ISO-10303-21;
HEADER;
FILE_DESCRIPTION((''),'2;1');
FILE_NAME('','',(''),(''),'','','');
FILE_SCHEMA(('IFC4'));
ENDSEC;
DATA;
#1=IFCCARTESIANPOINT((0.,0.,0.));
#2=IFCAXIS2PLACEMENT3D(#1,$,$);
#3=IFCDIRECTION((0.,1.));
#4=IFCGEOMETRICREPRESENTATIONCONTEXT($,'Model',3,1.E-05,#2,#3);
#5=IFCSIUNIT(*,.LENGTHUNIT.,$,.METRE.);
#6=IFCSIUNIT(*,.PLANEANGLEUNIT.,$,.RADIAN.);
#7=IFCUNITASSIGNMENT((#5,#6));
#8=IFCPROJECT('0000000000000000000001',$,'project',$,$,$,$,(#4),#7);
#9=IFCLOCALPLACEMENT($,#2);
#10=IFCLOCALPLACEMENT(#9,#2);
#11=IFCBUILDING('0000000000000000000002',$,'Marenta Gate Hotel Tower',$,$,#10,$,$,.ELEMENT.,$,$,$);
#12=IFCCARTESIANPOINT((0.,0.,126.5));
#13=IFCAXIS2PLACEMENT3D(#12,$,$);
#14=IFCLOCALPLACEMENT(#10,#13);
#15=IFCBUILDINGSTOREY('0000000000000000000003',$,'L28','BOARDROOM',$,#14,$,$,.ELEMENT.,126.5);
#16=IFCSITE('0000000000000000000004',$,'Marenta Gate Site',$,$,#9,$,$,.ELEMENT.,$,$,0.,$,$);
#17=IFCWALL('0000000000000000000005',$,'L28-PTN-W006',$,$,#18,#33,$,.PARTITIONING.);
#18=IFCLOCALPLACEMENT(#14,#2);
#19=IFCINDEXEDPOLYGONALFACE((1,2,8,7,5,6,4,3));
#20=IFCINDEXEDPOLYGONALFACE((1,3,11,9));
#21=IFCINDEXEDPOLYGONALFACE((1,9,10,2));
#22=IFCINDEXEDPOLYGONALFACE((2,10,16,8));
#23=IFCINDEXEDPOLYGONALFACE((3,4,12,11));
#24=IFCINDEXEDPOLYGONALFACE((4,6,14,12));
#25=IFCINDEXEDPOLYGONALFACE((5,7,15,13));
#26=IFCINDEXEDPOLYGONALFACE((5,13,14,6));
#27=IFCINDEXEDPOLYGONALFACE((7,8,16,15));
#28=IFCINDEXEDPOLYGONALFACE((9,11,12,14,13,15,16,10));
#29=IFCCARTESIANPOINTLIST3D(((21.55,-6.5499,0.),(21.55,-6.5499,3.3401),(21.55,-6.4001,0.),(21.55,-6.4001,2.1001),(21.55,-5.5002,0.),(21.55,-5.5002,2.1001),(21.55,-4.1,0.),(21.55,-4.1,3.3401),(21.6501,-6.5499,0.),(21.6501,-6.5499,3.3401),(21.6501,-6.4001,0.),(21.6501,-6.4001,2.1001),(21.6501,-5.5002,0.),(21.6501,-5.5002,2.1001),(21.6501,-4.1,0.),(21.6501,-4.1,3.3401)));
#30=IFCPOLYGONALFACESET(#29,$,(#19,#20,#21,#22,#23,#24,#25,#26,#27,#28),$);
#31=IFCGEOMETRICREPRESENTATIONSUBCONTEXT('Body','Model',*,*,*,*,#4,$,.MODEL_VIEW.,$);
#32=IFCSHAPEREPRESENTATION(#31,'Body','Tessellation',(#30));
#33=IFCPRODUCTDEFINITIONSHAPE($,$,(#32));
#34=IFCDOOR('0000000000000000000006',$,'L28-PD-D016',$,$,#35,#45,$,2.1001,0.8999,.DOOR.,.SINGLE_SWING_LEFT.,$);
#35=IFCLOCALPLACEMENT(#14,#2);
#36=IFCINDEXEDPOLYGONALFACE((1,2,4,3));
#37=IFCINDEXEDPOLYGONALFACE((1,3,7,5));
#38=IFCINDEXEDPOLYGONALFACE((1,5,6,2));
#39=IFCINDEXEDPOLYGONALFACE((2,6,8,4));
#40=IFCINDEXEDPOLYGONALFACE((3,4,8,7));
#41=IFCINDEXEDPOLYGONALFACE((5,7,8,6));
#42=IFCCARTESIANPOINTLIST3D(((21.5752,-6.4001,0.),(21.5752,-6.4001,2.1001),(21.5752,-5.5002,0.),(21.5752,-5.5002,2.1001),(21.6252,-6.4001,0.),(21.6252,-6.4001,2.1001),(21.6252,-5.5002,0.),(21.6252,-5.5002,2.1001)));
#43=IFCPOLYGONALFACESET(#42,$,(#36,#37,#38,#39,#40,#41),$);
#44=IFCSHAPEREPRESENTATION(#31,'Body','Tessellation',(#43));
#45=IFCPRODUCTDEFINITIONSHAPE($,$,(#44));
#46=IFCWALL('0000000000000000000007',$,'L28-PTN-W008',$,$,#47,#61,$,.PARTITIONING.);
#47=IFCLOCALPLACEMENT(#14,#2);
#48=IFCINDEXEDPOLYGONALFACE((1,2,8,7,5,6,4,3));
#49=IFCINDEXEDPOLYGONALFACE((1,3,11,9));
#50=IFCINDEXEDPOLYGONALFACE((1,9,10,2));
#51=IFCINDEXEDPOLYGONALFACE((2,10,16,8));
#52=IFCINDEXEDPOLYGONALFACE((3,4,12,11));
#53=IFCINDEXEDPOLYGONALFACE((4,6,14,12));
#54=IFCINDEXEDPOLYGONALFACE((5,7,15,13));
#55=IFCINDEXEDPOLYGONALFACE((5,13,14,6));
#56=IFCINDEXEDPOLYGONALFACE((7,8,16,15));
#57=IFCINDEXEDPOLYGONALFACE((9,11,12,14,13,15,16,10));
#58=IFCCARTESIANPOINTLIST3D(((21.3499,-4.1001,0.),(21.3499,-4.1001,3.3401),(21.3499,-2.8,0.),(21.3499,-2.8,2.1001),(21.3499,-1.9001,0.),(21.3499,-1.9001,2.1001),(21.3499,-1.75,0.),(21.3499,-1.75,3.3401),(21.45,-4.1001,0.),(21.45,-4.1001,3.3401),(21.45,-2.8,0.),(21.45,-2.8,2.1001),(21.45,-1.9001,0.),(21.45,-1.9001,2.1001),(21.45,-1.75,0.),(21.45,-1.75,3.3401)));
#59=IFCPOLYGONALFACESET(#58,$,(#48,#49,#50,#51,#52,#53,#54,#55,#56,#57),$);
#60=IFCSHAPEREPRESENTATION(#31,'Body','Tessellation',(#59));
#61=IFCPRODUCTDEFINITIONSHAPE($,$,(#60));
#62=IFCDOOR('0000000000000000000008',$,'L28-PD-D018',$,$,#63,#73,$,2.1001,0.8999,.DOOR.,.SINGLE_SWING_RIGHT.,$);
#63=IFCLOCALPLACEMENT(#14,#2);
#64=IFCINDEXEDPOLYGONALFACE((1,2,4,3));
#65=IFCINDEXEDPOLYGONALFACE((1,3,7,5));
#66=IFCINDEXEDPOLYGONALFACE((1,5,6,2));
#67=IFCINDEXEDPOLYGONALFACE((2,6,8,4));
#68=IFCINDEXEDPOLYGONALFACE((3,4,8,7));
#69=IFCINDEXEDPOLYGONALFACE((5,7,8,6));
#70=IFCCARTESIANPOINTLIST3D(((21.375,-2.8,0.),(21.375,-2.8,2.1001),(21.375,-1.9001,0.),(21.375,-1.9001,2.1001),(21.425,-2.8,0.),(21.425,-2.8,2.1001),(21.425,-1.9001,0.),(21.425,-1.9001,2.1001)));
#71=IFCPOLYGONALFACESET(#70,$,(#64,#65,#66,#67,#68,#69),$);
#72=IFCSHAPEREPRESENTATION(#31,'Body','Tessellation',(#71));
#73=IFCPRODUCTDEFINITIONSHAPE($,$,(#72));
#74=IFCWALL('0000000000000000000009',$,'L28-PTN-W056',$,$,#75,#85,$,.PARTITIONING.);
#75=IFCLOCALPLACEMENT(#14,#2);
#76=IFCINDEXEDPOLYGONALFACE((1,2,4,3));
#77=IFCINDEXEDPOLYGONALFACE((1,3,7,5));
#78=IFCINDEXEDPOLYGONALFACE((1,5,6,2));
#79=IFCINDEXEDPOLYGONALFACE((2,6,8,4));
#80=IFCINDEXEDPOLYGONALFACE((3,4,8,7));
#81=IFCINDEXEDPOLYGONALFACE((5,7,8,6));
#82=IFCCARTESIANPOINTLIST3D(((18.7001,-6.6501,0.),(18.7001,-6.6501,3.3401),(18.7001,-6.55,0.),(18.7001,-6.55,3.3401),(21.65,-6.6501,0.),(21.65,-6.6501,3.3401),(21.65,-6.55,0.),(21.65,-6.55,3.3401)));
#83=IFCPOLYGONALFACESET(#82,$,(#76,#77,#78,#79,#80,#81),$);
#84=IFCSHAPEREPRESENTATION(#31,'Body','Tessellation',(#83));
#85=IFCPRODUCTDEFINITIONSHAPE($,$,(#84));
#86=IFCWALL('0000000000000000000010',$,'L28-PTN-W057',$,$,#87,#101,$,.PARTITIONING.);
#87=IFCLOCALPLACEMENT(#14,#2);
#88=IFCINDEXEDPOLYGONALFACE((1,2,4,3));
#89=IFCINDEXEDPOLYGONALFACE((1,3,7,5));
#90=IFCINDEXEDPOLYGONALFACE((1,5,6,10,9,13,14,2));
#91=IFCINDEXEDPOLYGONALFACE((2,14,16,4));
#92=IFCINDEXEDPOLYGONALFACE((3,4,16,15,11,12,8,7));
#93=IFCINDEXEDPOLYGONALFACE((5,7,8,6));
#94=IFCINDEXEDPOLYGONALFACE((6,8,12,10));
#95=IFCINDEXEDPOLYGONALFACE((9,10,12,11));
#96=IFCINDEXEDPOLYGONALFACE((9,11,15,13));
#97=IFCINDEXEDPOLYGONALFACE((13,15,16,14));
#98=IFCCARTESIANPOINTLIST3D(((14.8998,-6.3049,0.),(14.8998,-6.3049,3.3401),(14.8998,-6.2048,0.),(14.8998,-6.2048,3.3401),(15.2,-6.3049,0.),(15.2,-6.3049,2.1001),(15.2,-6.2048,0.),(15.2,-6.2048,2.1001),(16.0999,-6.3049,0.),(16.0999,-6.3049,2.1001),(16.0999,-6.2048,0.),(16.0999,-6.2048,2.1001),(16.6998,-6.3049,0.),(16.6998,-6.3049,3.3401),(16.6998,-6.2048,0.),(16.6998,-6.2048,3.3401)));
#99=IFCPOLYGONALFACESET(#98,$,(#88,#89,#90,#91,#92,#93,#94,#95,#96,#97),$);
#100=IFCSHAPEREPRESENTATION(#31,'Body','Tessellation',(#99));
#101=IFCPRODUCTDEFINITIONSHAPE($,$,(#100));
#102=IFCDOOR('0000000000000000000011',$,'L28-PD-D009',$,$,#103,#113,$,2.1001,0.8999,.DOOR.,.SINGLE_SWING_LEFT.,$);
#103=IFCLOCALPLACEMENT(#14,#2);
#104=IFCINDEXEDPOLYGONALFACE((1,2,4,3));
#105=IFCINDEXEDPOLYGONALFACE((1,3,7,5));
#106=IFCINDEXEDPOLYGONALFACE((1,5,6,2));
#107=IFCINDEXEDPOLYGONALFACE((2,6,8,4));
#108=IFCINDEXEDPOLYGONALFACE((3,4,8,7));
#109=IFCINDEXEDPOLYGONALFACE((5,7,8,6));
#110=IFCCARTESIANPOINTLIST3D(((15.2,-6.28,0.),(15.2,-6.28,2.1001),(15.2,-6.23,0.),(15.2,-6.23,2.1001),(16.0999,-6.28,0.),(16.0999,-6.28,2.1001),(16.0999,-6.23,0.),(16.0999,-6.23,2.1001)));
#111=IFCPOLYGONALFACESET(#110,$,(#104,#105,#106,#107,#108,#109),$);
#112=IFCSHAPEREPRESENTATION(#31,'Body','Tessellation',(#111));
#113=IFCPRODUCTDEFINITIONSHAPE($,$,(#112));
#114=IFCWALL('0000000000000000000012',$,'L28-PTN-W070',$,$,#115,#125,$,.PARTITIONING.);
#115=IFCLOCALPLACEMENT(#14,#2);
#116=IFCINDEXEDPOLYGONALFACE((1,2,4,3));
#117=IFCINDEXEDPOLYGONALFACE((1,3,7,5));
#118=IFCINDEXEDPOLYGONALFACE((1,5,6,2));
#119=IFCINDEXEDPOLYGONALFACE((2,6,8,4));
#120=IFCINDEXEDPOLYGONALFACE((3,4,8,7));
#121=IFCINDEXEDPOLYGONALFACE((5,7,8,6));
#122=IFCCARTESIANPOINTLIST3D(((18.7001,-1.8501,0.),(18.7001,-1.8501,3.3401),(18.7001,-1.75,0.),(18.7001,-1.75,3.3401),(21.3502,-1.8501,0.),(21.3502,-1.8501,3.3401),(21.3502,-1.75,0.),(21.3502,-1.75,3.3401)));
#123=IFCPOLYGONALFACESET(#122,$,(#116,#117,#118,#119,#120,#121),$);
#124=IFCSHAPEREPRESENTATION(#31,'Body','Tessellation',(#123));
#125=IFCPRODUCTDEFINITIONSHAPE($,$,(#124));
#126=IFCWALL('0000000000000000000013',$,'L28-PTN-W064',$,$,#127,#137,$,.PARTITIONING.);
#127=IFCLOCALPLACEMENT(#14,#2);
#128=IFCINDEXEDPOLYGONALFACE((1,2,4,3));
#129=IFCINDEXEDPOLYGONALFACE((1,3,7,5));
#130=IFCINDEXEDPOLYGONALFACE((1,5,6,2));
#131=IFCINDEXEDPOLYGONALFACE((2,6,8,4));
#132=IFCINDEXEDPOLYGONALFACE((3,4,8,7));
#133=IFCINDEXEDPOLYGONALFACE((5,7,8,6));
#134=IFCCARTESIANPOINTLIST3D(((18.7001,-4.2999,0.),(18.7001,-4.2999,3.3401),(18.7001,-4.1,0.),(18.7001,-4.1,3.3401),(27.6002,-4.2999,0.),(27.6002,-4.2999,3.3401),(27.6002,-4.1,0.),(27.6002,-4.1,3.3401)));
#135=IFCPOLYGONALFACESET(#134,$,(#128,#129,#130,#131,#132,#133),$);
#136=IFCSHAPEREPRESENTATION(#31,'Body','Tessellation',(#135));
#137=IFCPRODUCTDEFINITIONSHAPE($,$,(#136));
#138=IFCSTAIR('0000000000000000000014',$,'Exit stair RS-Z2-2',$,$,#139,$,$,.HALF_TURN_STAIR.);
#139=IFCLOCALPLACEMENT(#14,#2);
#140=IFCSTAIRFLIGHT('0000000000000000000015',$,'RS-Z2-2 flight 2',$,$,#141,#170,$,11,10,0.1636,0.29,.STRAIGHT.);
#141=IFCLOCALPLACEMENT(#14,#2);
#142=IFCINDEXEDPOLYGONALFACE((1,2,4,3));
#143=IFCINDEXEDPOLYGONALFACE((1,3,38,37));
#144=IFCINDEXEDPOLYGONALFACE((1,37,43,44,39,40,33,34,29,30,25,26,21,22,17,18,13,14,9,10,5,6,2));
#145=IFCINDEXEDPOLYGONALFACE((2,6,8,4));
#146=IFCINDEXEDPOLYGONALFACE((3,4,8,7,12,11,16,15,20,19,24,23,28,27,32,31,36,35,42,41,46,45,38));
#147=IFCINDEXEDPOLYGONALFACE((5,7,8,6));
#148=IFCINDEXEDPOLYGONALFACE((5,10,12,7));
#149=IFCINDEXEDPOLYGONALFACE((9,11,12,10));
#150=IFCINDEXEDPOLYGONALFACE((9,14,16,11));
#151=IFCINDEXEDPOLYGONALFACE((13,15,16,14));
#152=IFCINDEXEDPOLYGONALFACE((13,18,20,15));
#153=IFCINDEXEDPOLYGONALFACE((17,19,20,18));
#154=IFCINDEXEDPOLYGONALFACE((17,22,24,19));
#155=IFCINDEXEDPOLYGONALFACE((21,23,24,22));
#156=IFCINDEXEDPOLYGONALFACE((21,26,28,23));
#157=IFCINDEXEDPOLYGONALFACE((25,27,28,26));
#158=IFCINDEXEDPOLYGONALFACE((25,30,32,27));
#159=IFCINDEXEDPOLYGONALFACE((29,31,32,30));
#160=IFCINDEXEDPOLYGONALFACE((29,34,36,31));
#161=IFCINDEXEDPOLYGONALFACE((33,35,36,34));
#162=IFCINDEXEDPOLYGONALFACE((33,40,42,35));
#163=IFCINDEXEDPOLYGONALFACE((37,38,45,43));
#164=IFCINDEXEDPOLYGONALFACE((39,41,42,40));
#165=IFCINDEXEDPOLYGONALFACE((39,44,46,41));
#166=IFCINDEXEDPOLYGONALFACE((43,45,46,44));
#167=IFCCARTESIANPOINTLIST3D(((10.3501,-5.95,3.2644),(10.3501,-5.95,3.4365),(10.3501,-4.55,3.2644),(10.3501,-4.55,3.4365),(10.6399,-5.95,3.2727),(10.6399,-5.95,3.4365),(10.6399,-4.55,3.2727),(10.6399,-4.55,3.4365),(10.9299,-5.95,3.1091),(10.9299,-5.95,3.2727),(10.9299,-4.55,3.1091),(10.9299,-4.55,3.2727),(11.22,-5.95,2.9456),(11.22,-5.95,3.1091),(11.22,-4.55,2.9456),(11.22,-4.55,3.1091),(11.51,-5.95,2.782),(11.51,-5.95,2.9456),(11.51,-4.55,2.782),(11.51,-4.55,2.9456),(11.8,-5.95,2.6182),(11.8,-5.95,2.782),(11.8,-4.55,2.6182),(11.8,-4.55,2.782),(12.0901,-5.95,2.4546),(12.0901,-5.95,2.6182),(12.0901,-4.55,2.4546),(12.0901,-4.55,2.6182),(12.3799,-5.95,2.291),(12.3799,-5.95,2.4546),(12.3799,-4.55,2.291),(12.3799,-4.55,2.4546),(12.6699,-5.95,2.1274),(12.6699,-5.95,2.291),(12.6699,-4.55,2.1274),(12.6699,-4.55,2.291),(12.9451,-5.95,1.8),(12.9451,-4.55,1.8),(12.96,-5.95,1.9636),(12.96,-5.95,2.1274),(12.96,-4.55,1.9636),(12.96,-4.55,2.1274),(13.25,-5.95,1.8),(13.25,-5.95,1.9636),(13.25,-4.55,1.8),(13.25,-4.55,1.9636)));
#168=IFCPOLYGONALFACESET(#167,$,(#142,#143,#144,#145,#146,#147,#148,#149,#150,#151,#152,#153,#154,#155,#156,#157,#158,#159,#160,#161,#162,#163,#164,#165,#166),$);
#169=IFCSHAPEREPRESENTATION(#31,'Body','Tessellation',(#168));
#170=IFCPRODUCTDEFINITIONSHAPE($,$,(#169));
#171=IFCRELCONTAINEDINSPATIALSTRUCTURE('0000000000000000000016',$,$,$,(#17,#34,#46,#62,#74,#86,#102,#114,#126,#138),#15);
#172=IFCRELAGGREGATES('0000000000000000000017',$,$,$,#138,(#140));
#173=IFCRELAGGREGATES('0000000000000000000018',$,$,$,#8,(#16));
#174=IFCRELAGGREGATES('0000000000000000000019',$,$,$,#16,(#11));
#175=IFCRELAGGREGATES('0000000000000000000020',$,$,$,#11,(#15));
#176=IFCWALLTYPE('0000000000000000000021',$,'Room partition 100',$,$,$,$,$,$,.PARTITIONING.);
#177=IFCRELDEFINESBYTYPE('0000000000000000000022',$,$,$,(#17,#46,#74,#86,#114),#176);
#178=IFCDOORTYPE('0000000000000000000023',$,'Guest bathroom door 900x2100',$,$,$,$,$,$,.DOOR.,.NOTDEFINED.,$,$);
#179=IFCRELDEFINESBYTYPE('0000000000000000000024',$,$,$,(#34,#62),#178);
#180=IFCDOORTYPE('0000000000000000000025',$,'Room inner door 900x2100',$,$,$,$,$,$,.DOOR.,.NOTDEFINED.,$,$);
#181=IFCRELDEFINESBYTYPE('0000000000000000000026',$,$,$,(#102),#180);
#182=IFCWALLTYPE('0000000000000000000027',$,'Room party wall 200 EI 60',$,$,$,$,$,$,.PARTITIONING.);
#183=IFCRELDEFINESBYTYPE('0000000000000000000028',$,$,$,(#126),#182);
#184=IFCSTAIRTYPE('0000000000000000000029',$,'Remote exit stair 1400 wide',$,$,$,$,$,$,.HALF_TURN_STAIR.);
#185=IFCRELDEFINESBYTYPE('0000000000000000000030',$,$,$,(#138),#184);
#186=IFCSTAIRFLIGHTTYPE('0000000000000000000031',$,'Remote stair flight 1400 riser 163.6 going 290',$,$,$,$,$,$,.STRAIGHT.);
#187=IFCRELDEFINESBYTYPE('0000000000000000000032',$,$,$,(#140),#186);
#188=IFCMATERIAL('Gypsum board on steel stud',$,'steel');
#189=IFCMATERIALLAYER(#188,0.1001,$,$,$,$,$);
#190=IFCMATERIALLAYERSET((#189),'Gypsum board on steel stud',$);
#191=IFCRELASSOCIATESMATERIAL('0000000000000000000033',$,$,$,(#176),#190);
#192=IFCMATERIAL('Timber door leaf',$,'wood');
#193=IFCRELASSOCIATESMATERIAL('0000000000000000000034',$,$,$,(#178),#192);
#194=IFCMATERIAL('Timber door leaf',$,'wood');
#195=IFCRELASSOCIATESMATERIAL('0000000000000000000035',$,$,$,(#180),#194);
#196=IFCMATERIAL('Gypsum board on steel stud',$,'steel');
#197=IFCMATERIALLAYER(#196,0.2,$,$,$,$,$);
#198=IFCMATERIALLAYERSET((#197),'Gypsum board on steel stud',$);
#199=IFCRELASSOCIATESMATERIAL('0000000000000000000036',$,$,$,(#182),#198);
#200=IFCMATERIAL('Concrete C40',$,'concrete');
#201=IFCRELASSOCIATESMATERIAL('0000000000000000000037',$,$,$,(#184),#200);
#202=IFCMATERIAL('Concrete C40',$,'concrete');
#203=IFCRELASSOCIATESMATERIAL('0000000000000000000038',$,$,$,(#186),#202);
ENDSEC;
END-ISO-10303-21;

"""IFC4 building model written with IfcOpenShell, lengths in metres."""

from ifc_helpers import new_model, si_unit, direction, frame, frame_2d, origin, place, context, subcontext, project, spatial, polyline, rectangle, outline, extrude, material, layer, layer_set, type_object, element, fill, aggregate, save


model = new_model("IFC4")

# Units and contexts
model_context = context("Model", 3, precision=1e-05, world=origin(), true_north=direction((0.0, 1.0)))
body_context = subcontext(model_context, "Body", "Model", "MODEL_VIEW")
ifc_project = project(units=[si_unit("LENGTHUNIT", "METRE"), si_unit("PLANEANGLEUNIT", "RADIAN")], contexts=[model_context])

# Site, building, storey
site_placement = place(None, origin())
site = spatial("IfcSite", under=ifc_project, at=site_placement, Name="Marenta Gate Site", CompositionType="ELEMENT", RefElevation=0.0)
building_placement = place(site_placement, origin())
building = spatial("IfcBuilding", under=site, at=building_placement, Name="Marenta Gate Hotel Tower", CompositionType="ELEMENT")
storey_placement = place(building_placement, frame((0.0, 0.0, 126.5)))
storey = spatial("IfcBuildingStorey", under=building, at=storey_placement, Name="L28", Description="BOARDROOM", CompositionType="ELEMENT", Elevation=126.5)

# Walls, openings, doors
ifc_material_1 = material(Name="Gypsum board on steel stud", Category="steel")
ifc_layer_1 = layer(ifc_material_1, 0.1001)
ifc_layer_set_1 = layer_set([ifc_layer_1], Name="Gypsum board on steel stud")
wall_type_1 = type_object("IfcWallType", Name="Room partition 100", PredefinedType="PARTITIONING", material=ifc_layer_set_1)
wall_1_placement = place(storey_placement, frame((21.6001, -6.55, 0.0), z_axis=(0.0, 0.0, 1.0), x_axis=(0.0, 1.0, 0.0)))
wall_1 = element("IfcWall", 1, at=wall_1_placement, inside=storey, type_object=wall_type_1, Name="L28-PTN-W006", PredefinedType="PARTITIONING", context=body_context, shape_type="SweptSolid", body=[
    extrude(rectangle(XDim=2.45, YDim=0.1001, at=frame_2d((1.2251, 0.0))), origin(), (0.0, 0.0, 1.0), 3.3401),
])
opening_1_placement = place(wall_1_placement, frame((0.1499, 0.0, 0.0)))
opening_1 = element("IfcOpeningElement", 2, at=opening_1_placement, cuts=wall_1, PredefinedType="OPENING", context=body_context, shape_type="SweptSolid", body=[
    extrude(rectangle(XDim=0.8999, YDim=2.1001, at=frame_2d((0.45, 1.05))), frame((0.0, 0.05, 0.0), z_axis=(0.0, -1.0, 0.0), x_axis=(1.0, 0.0, 0.0)), (0.0, 0.0, 1.0), 0.1001),
])
ifc_material_2 = material(Name="Timber door leaf", Category="wood")
door_type_1 = type_object("IfcDoorType", Name="Guest bathroom door 900x2100", OperationType="NOTDEFINED", PredefinedType="DOOR", material=ifc_material_2)
door_1_placement = place(opening_1_placement, origin())
door_1 = element("IfcDoor", 3, at=door_1_placement, inside=storey, type_object=door_type_1, Name="L28-PD-D016", OperationType="SINGLE_SWING_LEFT", OverallHeight=2.1001, OverallWidth=0.8999, PredefinedType="DOOR", context=body_context, shape_type="SweptSolid", body=[
    extrude(rectangle(XDim=0.8999, YDim=2.1001, at=frame_2d((0.45, 1.05))), frame((0.0, 0.0249, 0.0), z_axis=(0.0, -1.0, 0.0), x_axis=(1.0, 0.0, 0.0)), (0.0, 0.0, 1.0), 0.05),
])
fill(opening_1, door_1)
wall_2_placement = place(storey_placement, frame((21.3999, -4.1001, 0.0), z_axis=(0.0, 0.0, 1.0), x_axis=(0.0, 1.0, 0.0)))
wall_2 = element("IfcWall", 4, at=wall_2_placement, inside=storey, type_object=wall_type_1, Name="L28-PTN-W008", PredefinedType="PARTITIONING", context=body_context, shape_type="SweptSolid", body=[
    extrude(rectangle(XDim=2.3501, YDim=0.1001, at=frame_2d((1.175, 0.0))), origin(), (0.0, 0.0, 1.0), 3.3401),
])
opening_2_placement = place(wall_2_placement, frame((1.3, 0.0, 0.0)))
opening_2 = element("IfcOpeningElement", 5, at=opening_2_placement, cuts=wall_2, PredefinedType="OPENING", context=body_context, shape_type="SweptSolid", body=[
    extrude(rectangle(XDim=0.8999, YDim=2.1001, at=frame_2d((0.45, 1.05))), frame((0.0, 0.05, 0.0), z_axis=(0.0, -1.0, 0.0), x_axis=(1.0, 0.0, 0.0)), (0.0, 0.0, 1.0), 0.1001),
])
door_2_placement = place(opening_2_placement, origin())
door_2 = element("IfcDoor", 6, at=door_2_placement, inside=storey, type_object=door_type_1, Name="L28-PD-D018", OperationType="SINGLE_SWING_RIGHT", OverallHeight=2.1001, OverallWidth=0.8999, PredefinedType="DOOR", context=body_context, shape_type="SweptSolid", body=[
    extrude(rectangle(XDim=0.8999, YDim=2.1001, at=frame_2d((0.45, 1.05))), frame((0.0, 0.0249, 0.0), z_axis=(0.0, -1.0, 0.0), x_axis=(1.0, 0.0, 0.0)), (0.0, 0.0, 1.0), 0.05),
])
fill(opening_2, door_2)

# Wall
wall_3_placement = place(storey_placement, frame((18.7, -6.6001, 0.0), z_axis=(0.0, 0.0, 1.0), x_axis=(1.0, 0.0, 0.0)))
element("IfcWall", 7, at=wall_3_placement, inside=storey, type_object=wall_type_1, Name="L28-PTN-W056", PredefinedType="PARTITIONING", context=body_context, shape_type="SweptSolid", body=[
    extrude(rectangle(XDim=2.95, YDim=0.1001, at=frame_2d((1.4751, 0.0))), origin(), (0.0, 0.0, 1.0), 3.3401),
])

# Wall, opening, door
wall_4_placement = place(storey_placement, frame((14.8999, -6.2549, 0.0), z_axis=(0.0, 0.0, 1.0), x_axis=(1.0, 0.0, 0.0)))
wall_4 = element("IfcWall", 8, at=wall_4_placement, inside=storey, type_object=wall_type_1, Name="L28-PTN-W057", PredefinedType="PARTITIONING", context=body_context, shape_type="SweptSolid", body=[
    extrude(rectangle(XDim=1.8, YDim=0.1001, at=frame_2d((0.8999, 0.0))), origin(), (0.0, 0.0, 1.0), 3.3401),
])
opening_3_placement = place(wall_4_placement, frame((0.3, 0.0, 0.0)))
opening_3 = element("IfcOpeningElement", 9, at=opening_3_placement, cuts=wall_4, PredefinedType="OPENING", context=body_context, shape_type="SweptSolid", body=[
    extrude(rectangle(XDim=0.8999, YDim=2.1001, at=frame_2d((0.45, 1.05))), frame((0.0, 0.05, 0.0), z_axis=(0.0, -1.0, 0.0), x_axis=(1.0, 0.0, 0.0)), (0.0, 0.0, 1.0), 0.1001),
])
ifc_material_3 = material(Name="Timber door leaf", Category="wood")
door_type_2 = type_object("IfcDoorType", Name="Room inner door 900x2100", OperationType="NOTDEFINED", PredefinedType="DOOR", material=ifc_material_3)
door_3_placement = place(opening_3_placement, origin())
door_3 = element("IfcDoor", 10, at=door_3_placement, inside=storey, type_object=door_type_2, Name="L28-PD-D009", OperationType="SINGLE_SWING_LEFT", OverallHeight=2.1001, OverallWidth=0.8999, PredefinedType="DOOR", context=body_context, shape_type="SweptSolid", body=[
    extrude(rectangle(XDim=0.8999, YDim=2.1001, at=frame_2d((0.45, 1.05))), frame((0.0, 0.0249, 0.0), z_axis=(0.0, -1.0, 0.0), x_axis=(1.0, 0.0, 0.0)), (0.0, 0.0, 1.0), 0.05),
])
fill(opening_3, door_3)

# Walls
wall_5_placement = place(storey_placement, frame((18.7, -1.8, 0.0), z_axis=(0.0, 0.0, 1.0), x_axis=(1.0, 0.0, 0.0)))
element("IfcWall", 11, at=wall_5_placement, inside=storey, type_object=wall_type_1, Name="L28-PTN-W070", PredefinedType="PARTITIONING", context=body_context, shape_type="SweptSolid", body=[
    extrude(rectangle(XDim=2.6501, YDim=0.1001, at=frame_2d((1.3252, 0.0))), origin(), (0.0, 0.0, 1.0), 3.3401),
])
ifc_material_4 = material(Name="Gypsum board on steel stud", Category="steel")
ifc_layer_2 = layer(ifc_material_4, 0.2)
ifc_layer_set_2 = layer_set([ifc_layer_2], Name="Gypsum board on steel stud")
wall_type_2 = type_object("IfcWallType", Name="Room party wall 200 EI 60", PredefinedType="PARTITIONING", material=ifc_layer_set_2)
wall_6_placement = place(storey_placement, frame((18.7, -4.2, 0.0), z_axis=(0.0, 0.0, 1.0), x_axis=(1.0, 0.0, 0.0)))
element("IfcWall", 12, at=wall_6_placement, inside=storey, type_object=wall_type_2, Name="L28-PTN-W064", PredefinedType="PARTITIONING", context=body_context, shape_type="SweptSolid", body=[
    extrude(rectangle(XDim=8.9001, YDim=0.2, at=frame_2d((4.4502, 0.0))), origin(), (0.0, 0.0, 1.0), 3.3401),
])

# Stair, stair flight
ifc_material_5 = material(Name="Concrete C40", Category="concrete")
stair_type = type_object("IfcStairType", Name="Remote exit stair 1400 wide", PredefinedType="HALF_TURN_STAIR", material=ifc_material_5)
stair_placement = place(storey_placement, origin())
stair = element("IfcStair", 13, at=stair_placement, inside=storey, type_object=stair_type, Name="Exit stair RS-Z2-2", PredefinedType="HALF_TURN_STAIR")
ifc_material_6 = material(Name="Concrete C40", Category="concrete")
stair_flight_type = type_object("IfcStairFlightType", Name="Remote stair flight 1400 riser 163.6 going 290", PredefinedType="STRAIGHT", material=ifc_material_6)
stair_flight_placement = place(storey_placement, frame((13.25, -5.25, 1.8), z_axis=(0.0, 0.0, 1.0), x_axis=(-1.0, 0.0, 0.0)))
stair_flight = element("IfcStairFlight", 14, at=stair_flight_placement, type_object=stair_flight_type, Name="RS-Z2-2 flight 2", NumberOfRisers=11, NumberOfTreads=10, PredefinedType="STRAIGHT", RiserHeight=0.1636, TreadLength=0.29, context=body_context, shape_type="SweptSolid", body=[
    extrude(outline(polyline([(0.0, 0.0), (0.0, 0.1636), (0.29, 0.1636), (0.29, 0.3274), (0.5801, 0.3274), (0.5801, 0.491), (0.8701, 0.491), (0.8701, 0.6545), (1.1599, 0.6545), (1.1599, 0.8181), (1.45, 0.8181), (1.45, 0.9819), (1.74, 0.9819), (1.74, 1.1455), (2.03, 1.1455), (2.03, 1.3091), (2.3201, 1.3091), (2.3201, 1.4727), (2.6101, 1.4727), (2.6101, 1.6365), (2.8999, 1.6365), (2.8999, 1.8), (2.8999, 1.4644), (0.3049, 0.0), (0.0, 0.0)])), frame((0.0, 0.7, 0.0), z_axis=(0.0, -1.0, 0.0), x_axis=(1.0, 0.0, 0.0)), (0.0, 0.0, 1.0), 1.3999),
])
aggregate(stair, [stair_flight])

save(model, "model.ifc")
